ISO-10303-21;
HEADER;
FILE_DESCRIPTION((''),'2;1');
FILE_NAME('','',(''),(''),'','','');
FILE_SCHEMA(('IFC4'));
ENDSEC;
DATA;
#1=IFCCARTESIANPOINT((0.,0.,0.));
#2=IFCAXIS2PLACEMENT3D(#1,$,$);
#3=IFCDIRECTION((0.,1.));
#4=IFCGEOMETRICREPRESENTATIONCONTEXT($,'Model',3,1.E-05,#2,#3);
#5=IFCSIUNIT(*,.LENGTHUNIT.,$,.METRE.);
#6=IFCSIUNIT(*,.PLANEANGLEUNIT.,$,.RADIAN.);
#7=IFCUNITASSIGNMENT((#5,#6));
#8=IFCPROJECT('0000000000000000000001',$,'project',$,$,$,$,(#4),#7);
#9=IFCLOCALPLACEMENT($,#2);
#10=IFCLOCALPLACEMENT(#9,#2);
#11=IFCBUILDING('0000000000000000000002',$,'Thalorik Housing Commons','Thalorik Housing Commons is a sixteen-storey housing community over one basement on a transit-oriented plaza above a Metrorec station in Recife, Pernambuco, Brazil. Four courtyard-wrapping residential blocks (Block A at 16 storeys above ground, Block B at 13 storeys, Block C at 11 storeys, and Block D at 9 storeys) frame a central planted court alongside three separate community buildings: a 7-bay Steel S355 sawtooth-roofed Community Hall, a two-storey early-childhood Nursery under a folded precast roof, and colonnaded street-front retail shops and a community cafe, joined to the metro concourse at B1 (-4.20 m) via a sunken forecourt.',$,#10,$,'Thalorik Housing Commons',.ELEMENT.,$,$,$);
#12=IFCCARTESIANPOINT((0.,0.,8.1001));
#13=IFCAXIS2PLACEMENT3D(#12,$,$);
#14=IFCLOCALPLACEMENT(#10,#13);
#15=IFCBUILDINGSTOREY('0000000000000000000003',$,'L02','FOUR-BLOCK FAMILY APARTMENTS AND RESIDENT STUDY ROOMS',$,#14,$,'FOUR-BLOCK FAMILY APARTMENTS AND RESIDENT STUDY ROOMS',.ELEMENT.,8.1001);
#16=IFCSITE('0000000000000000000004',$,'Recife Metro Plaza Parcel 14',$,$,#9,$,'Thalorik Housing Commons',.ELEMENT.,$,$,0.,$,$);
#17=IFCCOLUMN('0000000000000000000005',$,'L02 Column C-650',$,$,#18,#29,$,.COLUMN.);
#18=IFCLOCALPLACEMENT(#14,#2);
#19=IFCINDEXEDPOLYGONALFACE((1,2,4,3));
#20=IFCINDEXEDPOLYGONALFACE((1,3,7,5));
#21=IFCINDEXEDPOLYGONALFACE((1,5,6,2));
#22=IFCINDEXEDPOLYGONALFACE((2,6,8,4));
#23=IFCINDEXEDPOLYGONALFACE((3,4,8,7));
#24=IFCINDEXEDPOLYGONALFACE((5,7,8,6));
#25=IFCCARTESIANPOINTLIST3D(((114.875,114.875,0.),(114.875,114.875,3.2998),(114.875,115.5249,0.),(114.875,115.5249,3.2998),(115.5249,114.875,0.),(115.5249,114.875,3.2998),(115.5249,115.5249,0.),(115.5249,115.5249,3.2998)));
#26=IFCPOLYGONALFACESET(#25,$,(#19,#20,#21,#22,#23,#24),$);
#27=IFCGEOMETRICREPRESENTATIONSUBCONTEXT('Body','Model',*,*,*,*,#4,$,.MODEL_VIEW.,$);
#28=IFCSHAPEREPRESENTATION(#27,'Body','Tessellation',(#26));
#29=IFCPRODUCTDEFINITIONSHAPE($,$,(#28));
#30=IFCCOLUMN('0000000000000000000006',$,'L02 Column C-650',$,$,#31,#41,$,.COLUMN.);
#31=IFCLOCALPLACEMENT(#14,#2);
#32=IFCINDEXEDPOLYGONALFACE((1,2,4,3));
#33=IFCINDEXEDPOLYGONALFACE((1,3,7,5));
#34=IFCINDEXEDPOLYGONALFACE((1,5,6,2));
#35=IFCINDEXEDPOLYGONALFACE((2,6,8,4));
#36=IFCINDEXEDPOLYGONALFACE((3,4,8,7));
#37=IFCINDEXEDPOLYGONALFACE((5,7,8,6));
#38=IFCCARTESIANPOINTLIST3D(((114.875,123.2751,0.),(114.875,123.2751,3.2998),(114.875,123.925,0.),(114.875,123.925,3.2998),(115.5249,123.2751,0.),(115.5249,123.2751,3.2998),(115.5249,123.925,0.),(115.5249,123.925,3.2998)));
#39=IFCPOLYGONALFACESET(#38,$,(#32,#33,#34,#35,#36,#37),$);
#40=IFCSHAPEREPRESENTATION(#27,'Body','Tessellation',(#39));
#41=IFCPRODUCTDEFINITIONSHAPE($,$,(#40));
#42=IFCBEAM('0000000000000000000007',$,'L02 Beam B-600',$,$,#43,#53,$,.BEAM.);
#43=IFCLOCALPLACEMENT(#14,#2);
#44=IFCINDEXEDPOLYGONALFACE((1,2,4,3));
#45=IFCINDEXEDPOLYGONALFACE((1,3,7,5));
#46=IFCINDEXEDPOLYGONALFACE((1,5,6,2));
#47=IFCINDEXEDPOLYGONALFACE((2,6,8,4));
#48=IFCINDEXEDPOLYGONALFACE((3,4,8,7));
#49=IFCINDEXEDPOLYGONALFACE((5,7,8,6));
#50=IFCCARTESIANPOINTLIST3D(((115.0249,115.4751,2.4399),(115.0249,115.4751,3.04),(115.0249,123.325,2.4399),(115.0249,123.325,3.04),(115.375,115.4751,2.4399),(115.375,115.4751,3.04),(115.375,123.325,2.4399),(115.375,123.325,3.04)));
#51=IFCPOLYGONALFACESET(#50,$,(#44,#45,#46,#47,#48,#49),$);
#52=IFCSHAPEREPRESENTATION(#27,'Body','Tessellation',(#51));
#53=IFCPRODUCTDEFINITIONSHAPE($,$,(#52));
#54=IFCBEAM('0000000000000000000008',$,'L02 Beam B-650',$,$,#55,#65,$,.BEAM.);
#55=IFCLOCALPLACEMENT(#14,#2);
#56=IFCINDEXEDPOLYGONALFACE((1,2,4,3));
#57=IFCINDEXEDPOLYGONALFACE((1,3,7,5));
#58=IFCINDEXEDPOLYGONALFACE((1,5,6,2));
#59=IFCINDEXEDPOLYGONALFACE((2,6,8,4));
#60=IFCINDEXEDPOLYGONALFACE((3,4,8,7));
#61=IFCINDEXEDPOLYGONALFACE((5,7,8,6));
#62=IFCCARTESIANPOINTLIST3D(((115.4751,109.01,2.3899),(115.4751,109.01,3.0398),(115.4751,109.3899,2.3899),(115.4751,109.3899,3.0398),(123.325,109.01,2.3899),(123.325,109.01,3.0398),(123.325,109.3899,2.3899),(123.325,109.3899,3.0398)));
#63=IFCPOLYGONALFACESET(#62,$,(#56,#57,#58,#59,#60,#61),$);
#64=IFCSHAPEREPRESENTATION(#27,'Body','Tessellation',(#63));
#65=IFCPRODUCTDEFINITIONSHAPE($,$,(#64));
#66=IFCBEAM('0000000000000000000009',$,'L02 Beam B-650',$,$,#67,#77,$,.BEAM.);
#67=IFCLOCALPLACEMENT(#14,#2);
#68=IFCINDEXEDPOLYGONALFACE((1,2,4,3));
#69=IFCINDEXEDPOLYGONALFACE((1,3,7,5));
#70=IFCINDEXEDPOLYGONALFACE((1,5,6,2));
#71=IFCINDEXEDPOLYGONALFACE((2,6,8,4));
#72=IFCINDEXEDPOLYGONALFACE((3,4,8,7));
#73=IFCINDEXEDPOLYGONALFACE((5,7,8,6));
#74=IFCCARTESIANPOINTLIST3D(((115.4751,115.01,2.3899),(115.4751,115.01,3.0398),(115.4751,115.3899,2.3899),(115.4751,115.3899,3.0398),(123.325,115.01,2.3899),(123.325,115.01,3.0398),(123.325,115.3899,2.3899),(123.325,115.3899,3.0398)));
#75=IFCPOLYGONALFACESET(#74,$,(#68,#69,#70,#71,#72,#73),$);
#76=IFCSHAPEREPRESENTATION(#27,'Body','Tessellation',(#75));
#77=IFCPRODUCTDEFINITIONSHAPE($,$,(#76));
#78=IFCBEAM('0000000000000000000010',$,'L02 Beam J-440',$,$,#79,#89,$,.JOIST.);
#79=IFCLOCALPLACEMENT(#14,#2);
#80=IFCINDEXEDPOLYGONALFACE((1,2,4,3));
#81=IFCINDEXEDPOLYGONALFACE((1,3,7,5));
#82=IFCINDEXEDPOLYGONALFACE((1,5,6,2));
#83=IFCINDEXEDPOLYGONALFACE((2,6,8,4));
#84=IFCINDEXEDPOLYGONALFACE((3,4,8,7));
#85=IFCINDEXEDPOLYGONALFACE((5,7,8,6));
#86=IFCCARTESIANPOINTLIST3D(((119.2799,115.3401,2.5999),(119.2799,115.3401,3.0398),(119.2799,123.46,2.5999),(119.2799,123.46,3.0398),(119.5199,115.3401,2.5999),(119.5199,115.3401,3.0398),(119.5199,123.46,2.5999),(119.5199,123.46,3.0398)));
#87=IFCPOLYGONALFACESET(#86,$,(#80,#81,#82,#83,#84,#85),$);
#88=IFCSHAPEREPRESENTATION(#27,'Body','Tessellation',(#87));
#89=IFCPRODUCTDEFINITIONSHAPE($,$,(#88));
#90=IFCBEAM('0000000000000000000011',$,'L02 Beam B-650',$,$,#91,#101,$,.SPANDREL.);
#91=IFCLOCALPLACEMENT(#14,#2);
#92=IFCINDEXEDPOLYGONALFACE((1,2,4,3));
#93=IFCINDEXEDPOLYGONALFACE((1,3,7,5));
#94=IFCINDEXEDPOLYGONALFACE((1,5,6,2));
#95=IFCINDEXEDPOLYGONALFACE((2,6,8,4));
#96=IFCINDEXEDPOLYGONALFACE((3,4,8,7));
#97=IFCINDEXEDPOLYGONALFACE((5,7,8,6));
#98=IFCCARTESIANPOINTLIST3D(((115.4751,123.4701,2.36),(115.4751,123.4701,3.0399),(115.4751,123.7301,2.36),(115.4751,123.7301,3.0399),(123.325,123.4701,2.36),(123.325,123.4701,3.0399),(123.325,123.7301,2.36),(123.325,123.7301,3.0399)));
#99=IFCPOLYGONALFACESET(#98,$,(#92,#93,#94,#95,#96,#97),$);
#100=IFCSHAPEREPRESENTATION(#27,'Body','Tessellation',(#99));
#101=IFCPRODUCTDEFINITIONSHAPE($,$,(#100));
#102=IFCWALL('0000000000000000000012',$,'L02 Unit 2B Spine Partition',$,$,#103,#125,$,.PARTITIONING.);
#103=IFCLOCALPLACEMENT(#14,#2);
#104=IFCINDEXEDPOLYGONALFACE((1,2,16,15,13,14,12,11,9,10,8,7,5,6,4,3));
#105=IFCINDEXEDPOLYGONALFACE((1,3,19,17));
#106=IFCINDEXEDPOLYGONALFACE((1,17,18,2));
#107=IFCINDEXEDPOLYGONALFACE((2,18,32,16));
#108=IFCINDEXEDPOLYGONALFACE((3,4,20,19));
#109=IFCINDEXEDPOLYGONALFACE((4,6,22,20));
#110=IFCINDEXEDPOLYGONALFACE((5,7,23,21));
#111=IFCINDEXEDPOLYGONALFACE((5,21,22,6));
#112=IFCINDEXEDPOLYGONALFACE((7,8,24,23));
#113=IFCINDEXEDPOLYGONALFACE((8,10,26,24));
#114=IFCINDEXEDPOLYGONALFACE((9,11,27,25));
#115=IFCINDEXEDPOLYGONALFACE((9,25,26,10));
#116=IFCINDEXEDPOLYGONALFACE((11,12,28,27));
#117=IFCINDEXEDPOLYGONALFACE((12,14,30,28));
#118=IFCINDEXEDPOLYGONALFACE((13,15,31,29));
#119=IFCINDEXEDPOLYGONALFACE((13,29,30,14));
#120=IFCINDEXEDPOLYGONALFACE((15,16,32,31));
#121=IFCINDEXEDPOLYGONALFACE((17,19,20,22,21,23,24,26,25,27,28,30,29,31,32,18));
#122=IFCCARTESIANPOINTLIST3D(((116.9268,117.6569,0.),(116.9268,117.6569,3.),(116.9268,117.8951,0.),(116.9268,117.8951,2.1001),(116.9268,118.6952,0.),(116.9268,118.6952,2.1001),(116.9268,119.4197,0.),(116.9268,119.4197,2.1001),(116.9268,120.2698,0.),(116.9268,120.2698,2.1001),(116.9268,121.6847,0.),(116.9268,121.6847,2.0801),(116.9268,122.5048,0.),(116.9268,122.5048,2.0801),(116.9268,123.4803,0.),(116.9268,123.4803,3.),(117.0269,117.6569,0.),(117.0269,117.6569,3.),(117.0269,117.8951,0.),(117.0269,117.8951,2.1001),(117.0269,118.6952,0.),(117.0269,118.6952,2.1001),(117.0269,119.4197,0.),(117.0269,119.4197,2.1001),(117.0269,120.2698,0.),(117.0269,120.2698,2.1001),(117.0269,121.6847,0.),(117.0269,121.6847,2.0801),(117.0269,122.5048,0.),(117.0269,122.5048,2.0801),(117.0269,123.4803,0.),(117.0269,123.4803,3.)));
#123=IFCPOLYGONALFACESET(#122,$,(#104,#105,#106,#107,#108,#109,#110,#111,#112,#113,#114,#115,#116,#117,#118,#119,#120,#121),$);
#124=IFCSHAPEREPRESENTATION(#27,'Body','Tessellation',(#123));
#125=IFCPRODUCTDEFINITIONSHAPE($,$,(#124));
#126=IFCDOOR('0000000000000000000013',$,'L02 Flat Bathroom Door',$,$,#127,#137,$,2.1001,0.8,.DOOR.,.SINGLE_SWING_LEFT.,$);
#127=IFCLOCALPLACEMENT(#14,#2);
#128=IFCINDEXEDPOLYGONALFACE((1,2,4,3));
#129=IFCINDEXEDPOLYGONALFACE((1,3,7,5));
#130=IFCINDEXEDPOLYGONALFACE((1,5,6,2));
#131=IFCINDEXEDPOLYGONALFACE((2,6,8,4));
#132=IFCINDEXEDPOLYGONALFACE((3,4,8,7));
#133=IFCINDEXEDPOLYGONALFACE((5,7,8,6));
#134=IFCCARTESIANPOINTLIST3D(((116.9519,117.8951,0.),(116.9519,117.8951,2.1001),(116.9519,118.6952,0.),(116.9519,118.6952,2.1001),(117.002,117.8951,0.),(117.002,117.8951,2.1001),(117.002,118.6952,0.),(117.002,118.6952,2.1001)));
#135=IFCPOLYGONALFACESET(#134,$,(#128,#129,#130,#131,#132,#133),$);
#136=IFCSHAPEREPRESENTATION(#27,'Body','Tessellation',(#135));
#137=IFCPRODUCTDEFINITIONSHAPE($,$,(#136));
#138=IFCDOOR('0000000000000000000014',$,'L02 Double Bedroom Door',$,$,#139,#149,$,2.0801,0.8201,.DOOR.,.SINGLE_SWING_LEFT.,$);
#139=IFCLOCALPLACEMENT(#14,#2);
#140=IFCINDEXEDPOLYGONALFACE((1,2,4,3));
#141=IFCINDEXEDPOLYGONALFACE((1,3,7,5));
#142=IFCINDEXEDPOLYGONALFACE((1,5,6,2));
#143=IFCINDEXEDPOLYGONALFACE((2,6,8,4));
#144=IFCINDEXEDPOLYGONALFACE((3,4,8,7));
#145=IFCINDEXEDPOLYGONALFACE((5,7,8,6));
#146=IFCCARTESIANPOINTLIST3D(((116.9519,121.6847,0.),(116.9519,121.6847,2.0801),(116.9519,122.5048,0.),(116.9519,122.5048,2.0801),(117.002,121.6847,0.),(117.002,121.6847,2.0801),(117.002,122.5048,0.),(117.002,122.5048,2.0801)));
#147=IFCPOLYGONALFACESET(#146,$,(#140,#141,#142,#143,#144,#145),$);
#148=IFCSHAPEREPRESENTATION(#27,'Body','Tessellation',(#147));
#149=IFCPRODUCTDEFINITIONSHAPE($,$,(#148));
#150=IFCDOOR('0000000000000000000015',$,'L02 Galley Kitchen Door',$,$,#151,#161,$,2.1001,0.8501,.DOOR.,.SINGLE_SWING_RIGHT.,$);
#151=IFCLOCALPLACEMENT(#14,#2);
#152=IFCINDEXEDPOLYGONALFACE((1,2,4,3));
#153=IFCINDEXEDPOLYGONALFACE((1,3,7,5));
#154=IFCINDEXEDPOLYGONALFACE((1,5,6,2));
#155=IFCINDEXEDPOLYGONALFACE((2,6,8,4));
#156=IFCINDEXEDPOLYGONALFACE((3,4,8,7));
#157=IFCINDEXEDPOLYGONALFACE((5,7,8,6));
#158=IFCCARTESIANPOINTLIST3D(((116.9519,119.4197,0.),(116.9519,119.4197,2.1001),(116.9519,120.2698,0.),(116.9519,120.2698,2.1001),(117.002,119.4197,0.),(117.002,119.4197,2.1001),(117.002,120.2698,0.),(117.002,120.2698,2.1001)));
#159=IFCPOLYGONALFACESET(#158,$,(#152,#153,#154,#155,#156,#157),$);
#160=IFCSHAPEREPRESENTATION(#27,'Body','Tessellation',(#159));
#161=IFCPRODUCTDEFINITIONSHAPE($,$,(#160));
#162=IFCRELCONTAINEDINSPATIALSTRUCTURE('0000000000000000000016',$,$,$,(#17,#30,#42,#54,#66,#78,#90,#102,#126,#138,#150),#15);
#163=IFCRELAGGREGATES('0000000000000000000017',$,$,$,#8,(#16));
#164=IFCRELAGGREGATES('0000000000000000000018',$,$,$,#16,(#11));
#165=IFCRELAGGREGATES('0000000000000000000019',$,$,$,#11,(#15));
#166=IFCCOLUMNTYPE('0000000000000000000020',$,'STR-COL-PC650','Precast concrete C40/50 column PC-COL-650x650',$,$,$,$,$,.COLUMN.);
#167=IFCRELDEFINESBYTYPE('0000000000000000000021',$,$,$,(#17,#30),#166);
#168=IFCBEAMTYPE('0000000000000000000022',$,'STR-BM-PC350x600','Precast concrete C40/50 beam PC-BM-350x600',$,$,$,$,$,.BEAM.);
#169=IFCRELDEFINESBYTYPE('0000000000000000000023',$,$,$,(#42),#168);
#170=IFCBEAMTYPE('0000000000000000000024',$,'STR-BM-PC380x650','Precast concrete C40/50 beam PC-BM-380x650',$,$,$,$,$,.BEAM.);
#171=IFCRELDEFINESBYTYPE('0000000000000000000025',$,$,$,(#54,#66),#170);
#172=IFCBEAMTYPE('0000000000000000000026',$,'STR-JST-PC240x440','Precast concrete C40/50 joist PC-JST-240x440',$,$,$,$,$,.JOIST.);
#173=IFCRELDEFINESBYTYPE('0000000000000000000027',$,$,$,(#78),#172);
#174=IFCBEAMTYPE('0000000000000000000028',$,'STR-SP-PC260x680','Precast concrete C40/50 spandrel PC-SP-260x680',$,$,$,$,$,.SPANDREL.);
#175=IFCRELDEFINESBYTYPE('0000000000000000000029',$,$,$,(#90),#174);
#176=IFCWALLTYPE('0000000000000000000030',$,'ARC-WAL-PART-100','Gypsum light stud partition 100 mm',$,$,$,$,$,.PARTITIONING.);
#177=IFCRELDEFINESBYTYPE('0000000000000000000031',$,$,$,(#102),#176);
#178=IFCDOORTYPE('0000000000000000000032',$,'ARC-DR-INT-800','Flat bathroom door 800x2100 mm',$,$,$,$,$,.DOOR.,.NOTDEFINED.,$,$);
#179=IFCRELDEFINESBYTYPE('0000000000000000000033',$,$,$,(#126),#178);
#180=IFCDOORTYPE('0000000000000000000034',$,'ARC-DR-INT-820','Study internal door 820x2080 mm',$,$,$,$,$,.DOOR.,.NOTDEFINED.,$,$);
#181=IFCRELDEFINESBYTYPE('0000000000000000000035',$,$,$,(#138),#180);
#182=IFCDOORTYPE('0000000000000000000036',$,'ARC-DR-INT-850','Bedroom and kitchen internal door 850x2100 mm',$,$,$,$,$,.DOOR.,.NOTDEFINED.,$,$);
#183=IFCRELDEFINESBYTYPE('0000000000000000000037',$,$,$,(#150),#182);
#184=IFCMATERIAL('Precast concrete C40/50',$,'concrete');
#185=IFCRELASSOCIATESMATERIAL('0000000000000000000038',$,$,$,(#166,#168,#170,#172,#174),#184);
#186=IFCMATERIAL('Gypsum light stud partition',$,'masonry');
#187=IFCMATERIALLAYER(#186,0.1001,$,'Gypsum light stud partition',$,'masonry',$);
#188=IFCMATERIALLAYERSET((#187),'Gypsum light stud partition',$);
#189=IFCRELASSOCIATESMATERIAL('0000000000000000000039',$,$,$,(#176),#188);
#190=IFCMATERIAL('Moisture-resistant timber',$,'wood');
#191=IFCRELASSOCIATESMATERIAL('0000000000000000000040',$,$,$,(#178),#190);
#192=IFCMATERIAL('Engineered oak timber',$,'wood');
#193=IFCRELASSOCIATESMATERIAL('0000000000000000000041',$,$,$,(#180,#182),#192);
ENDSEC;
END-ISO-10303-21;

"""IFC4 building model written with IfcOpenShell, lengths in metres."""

from ifc_helpers import new_model, si_unit, direction, frame, frame_2d, origin, origin_2d, place, context, subcontext, project, spatial, rectangle, extrude, material, layer, layer_set, material_profile, profile_set, type_object, element, fill, save


model = new_model("IFC4")

# Units and contexts
model_context = context("Model", 3, precision=1e-05, world=origin(), true_north=direction((0.0, 1.0)))
body_context = subcontext(model_context, "Body", "Model", "MODEL_VIEW")
ifc_project = project(units=[si_unit("LENGTHUNIT", "METRE"), si_unit("PLANEANGLEUNIT", "RADIAN")], contexts=[model_context])

# Site, building, storey
site_placement = place(None, origin())
site = spatial("IfcSite", under=ifc_project, at=site_placement, Name="Recife Metro Plaza Parcel 14", LongName="Thalorik Housing Commons", CompositionType="ELEMENT", RefElevation=0.0)
building_placement = place(site_placement, origin())
building = spatial("IfcBuilding", under=site, at=building_placement, Name="Thalorik Housing Commons", Description="Thalorik Housing Commons is a sixteen-storey housing community over one basement on a transit-oriented plaza above a Metrorec station in Recife, Pernambuco, Brazil. Four courtyard-wrapping residential blocks (Block A at 16 storeys above ground, Block B at 13 storeys, Block C at 11 storeys, and Block D at 9 storeys) frame a central planted court alongside three separate community buildings: a 7-bay Steel S355 sawtooth-roofed Community Hall, a two-storey early-childhood Nursery under a folded precast roof, and colonnaded street-front retail shops and a community cafe, joined to the metro concourse at B1 (-4.20 m) via a sunken forecourt.", LongName="Thalorik Housing Commons", CompositionType="ELEMENT")
storey_placement = place(building_placement, frame((0.0, 0.0, 8.1001)))
storey = spatial("IfcBuildingStorey", under=building, at=storey_placement, Name="L02", Description="FOUR-BLOCK FAMILY APARTMENTS AND RESIDENT STUDY ROOMS", LongName="FOUR-BLOCK FAMILY APARTMENTS AND RESIDENT STUDY ROOMS", CompositionType="ELEMENT", Elevation=8.1001)

# Columns
ifc_material_1 = material(Name="Precast concrete C40/50", Category="concrete")
ifc_material_profile_1 = material_profile(ifc_material_1, rectangle(XDim=0.6499, YDim=0.6499, at=origin_2d()), Name="PC 650x650", Category="concrete")
ifc_profile_set_1 = profile_set([ifc_material_profile_1], Name="Precast concrete C40/50")
column_type = type_object("IfcColumnType", Name="STR-COL-PC650", Description="Precast concrete C40/50 column PC-COL-650x650", PredefinedType="COLUMN", material=ifc_profile_set_1)
for number, where, z_axis, x_axis, name in (
    (1, (115.2, 115.2, 0.0), (0.0, 0.0, 1.0), (1.0, 0.0, 0.0), "L02 Column C-650"),
    (2, (115.2, 123.6001, 0.0), (0.0, 0.0, 1.0), (1.0, 0.0, 0.0), "L02 Column C-650"),
):
    element("IfcColumn", number, at=place(storey_placement, frame(where, z_axis=z_axis, x_axis=x_axis)), inside=storey, type_object=column_type, Name=name, PredefinedType="COLUMN", context=body_context, shape_type="SweptSolid", body=[
        extrude(rectangle(XDim=0.6499, YDim=0.6499, at=origin_2d()), origin(), (0.0, 0.0, 1.0), 3.2998),
    ])

# Beams
ifc_material_profile_2 = material_profile(ifc_material_1, rectangle(XDim=0.3501, YDim=0.6001, at=origin_2d()), Name="PC 350x600", Category="concrete")
ifc_profile_set_2 = profile_set([ifc_material_profile_2], Name="Precast concrete C40/50")
beam_type_1 = type_object("IfcBeamType", Name="STR-BM-PC350x600", Description="Precast concrete C40/50 beam PC-BM-350x600", PredefinedType="BEAM", material=ifc_profile_set_2)
beam_1_placement = place(storey_placement, frame((115.2, 115.4751, 2.74), z_axis=(0.0, 1.0, 0.0), x_axis=(-1.0, 0.0, 0.0)))
element("IfcBeam", 3, at=beam_1_placement, inside=storey, type_object=beam_type_1, Name="L02 Beam B-600", PredefinedType="BEAM", context=body_context, shape_type="SweptSolid", body=[
    extrude(rectangle(XDim=0.3501, YDim=0.6001, at=origin_2d()), origin(), (0.0, 0.0, 1.0), 7.8499),
])
ifc_material_profile_3 = material_profile(ifc_material_1, rectangle(XDim=0.3799, YDim=0.6499, at=origin_2d()), Name="PC 380x650", Category="concrete")
ifc_profile_set_3 = profile_set([ifc_material_profile_3], Name="Precast concrete C40/50")
beam_type_2 = type_object("IfcBeamType", Name="STR-BM-PC380x650", Description="Precast concrete C40/50 beam PC-BM-380x650", PredefinedType="BEAM", material=ifc_profile_set_3)
for number, where, z_axis, x_axis, name in (
    (4, (115.4751, 109.2, 2.7148), (1.0, 0.0, 0.0), (0.0, 1.0, 0.0), "L02 Beam B-650"),
    (5, (115.4751, 115.2, 2.7148), (1.0, 0.0, 0.0), (0.0, 1.0, 0.0), "L02 Beam B-650"),
):
    element("IfcBeam", number, at=place(storey_placement, frame(where, z_axis=z_axis, x_axis=x_axis)), inside=storey, type_object=beam_type_2, Name=name, PredefinedType="BEAM", context=body_context, shape_type="SweptSolid", body=[
        extrude(rectangle(XDim=0.3799, YDim=0.6499, at=origin_2d()), origin(), (0.0, 0.0, 1.0), 7.8499),
    ])
ifc_material_profile_4 = material_profile(ifc_material_1, rectangle(XDim=0.24, YDim=0.4399, at=origin_2d()), Name="PC JST 240x440", Category="concrete")
ifc_profile_set_4 = profile_set([ifc_material_profile_4], Name="Precast concrete C40/50")
beam_type_3 = type_object("IfcBeamType", Name="STR-JST-PC240x440", Description="Precast concrete C40/50 joist PC-JST-240x440", PredefinedType="JOIST", material=ifc_profile_set_4)
beam_2_placement = place(storey_placement, frame((119.3999, 115.3401, 2.8198), z_axis=(0.0, 1.0, 0.0), x_axis=(-1.0, 0.0, 0.0)))
element("IfcBeam", 6, at=beam_2_placement, inside=storey, type_object=beam_type_3, Name="L02 Beam J-440", PredefinedType="JOIST", context=body_context, shape_type="SweptSolid", body=[
    extrude(rectangle(XDim=0.24, YDim=0.4399, at=origin_2d()), origin(), (0.0, 0.0, 1.0), 8.1199),
])
ifc_material_profile_5 = material_profile(ifc_material_1, rectangle(XDim=0.26, YDim=0.6799, at=origin_2d()), Name="PC SP 260x680", Category="concrete")
ifc_profile_set_5 = profile_set([ifc_material_profile_5], Name="Precast concrete C40/50")
beam_type_4 = type_object("IfcBeamType", Name="STR-SP-PC260x680", Description="Precast concrete C40/50 spandrel PC-SP-260x680", PredefinedType="SPANDREL", material=ifc_profile_set_5)
beam_3_placement = place(storey_placement, frame((115.4751, 123.6001, 2.7), z_axis=(1.0, 0.0, 0.0), x_axis=(0.0, 1.0, 0.0)))
element("IfcBeam", 7, at=beam_3_placement, inside=storey, type_object=beam_type_4, Name="L02 Beam B-650", PredefinedType="SPANDREL", context=body_context, shape_type="SweptSolid", body=[
    extrude(rectangle(XDim=0.26, YDim=0.6799, at=origin_2d()), origin(), (0.0, 0.0, 1.0), 7.8499),
])

# Wall, openings, doors
ifc_material_2 = material(Name="Gypsum light stud partition", Category="masonry")
ifc_layer_1 = layer(ifc_material_2, 0.1001, Name="Gypsum light stud partition", Category="masonry")
ifc_layer_set_1 = layer_set([ifc_layer_1], Name="Gypsum light stud partition")
wall_type_1 = type_object("IfcWallType", Name="ARC-WAL-PART-100", Description="Gypsum light stud partition 100 mm", PredefinedType="PARTITIONING", material=ifc_layer_set_1)
wall_1_placement = place(storey_placement, frame((116.9768, 117.657, 0.0), z_axis=(0.0, 0.0, 1.0), x_axis=(0.0, 1.0, 0.0)))
wall_1 = element("IfcWall", 8, at=wall_1_placement, inside=storey, type_object=wall_type_1, Name="L02 Unit 2B Spine Partition", PredefinedType="PARTITIONING", context=body_context, shape_type="SweptSolid", body=[
    extrude(rectangle(XDim=5.8235, YDim=0.1001, at=frame_2d((2.9116, 0.0))), origin(), (0.0, 0.0, 1.0), 3.0),
])
opening_1_placement = place(wall_1_placement, frame((0.2383, 0.0, 0.0)))
opening_1 = element("IfcOpeningElement", 9, at=opening_1_placement, cuts=wall_1, PredefinedType="OPENING", context=body_context, shape_type="SweptSolid", body=[
    extrude(rectangle(XDim=0.8, YDim=2.1001, at=frame_2d((0.3999, 1.05))), frame((0.0, 0.0601, 0.0), z_axis=(0.0, -1.0, 0.0), x_axis=(1.0, 0.0, 0.0)), (0.0, 0.0, 1.0), 0.1201),
])
opening_2_placement = place(wall_1_placement, frame((1.7627, 0.0, 0.0)))
opening_2 = element("IfcOpeningElement", 10, at=opening_2_placement, cuts=wall_1, PredefinedType="OPENING", context=body_context, shape_type="SweptSolid", body=[
    extrude(rectangle(XDim=0.8501, YDim=2.1001, at=frame_2d((0.425, 1.05))), frame((0.0, 0.0601, 0.0), z_axis=(0.0, -1.0, 0.0), x_axis=(1.0, 0.0, 0.0)), (0.0, 0.0, 1.0), 0.1201),
])
opening_3_placement = place(wall_1_placement, frame((4.0276, 0.0, 0.0)))
opening_3 = element("IfcOpeningElement", 11, at=opening_3_placement, cuts=wall_1, PredefinedType="OPENING", context=body_context, shape_type="SweptSolid", body=[
    extrude(rectangle(XDim=0.8201, YDim=2.0801, at=frame_2d((0.4102, 1.04))), frame((0.0, 0.0601, 0.0), z_axis=(0.0, -1.0, 0.0), x_axis=(1.0, 0.0, 0.0)), (0.0, 0.0, 1.0), 0.1201),
])
ifc_material_3 = material(Name="Moisture-resistant timber", Category="wood")
door_type_1 = type_object("IfcDoorType", Name="ARC-DR-INT-800", Description="Flat bathroom door 800x2100 mm", OperationType="NOTDEFINED", PredefinedType="DOOR", material=ifc_material_3)
door_1_placement = place(opening_1_placement, origin())
door_1 = element("IfcDoor", 12, at=door_1_placement, inside=storey, type_object=door_type_1, Name="L02 Flat Bathroom Door", OperationType="SINGLE_SWING_LEFT", OverallHeight=2.1001, OverallWidth=0.8, PredefinedType="DOOR", context=body_context, shape_type="SweptSolid", body=[
    extrude(rectangle(XDim=0.8, YDim=2.1001, at=frame_2d((0.3999, 1.05))), frame((0.0, 0.0249, 0.0), z_axis=(0.0, -1.0, 0.0), x_axis=(1.0, 0.0, 0.0)), (0.0, 0.0, 1.0), 0.05),
])
fill(opening_1, door_1)
ifc_material_4 = material(Name="Engineered oak timber", Category="wood")
door_type_2 = type_object("IfcDoorType", Name="ARC-DR-INT-820", Description="Study internal door 820x2080 mm", OperationType="NOTDEFINED", PredefinedType="DOOR", material=ifc_material_4)
door_2_placement = place(opening_3_placement, origin())
door_2 = element("IfcDoor", 13, at=door_2_placement, inside=storey, type_object=door_type_2, Name="L02 Double Bedroom Door", OperationType="SINGLE_SWING_LEFT", OverallHeight=2.0801, OverallWidth=0.8201, PredefinedType="DOOR", context=body_context, shape_type="SweptSolid", body=[
    extrude(rectangle(XDim=0.8201, YDim=2.0801, at=frame_2d((0.4102, 1.04))), frame((0.0, 0.0249, 0.0), z_axis=(0.0, -1.0, 0.0), x_axis=(1.0, 0.0, 0.0)), (0.0, 0.0, 1.0), 0.05),
])
fill(opening_3, door_2)
door_type_3 = type_object("IfcDoorType", Name="ARC-DR-INT-850", Description="Bedroom and kitchen internal door 850x2100 mm", OperationType="NOTDEFINED", PredefinedType="DOOR", material=ifc_material_4)
door_3_placement = place(opening_2_placement, origin())
door_3 = element("IfcDoor", 14, at=door_3_placement, inside=storey, type_object=door_type_3, Name="L02 Galley Kitchen Door", OperationType="SINGLE_SWING_RIGHT", OverallHeight=2.1001, OverallWidth=0.8501, PredefinedType="DOOR", context=body_context, shape_type="SweptSolid", body=[
    extrude(rectangle(XDim=0.8501, YDim=2.1001, at=frame_2d((0.425, 1.05))), frame((0.0, 0.0249, 0.0), z_axis=(0.0, -1.0, 0.0), x_axis=(1.0, 0.0, 0.0)), (0.0, 0.0, 1.0), 0.05),
])
fill(opening_2, door_3)

save(model, "model.ifc")
